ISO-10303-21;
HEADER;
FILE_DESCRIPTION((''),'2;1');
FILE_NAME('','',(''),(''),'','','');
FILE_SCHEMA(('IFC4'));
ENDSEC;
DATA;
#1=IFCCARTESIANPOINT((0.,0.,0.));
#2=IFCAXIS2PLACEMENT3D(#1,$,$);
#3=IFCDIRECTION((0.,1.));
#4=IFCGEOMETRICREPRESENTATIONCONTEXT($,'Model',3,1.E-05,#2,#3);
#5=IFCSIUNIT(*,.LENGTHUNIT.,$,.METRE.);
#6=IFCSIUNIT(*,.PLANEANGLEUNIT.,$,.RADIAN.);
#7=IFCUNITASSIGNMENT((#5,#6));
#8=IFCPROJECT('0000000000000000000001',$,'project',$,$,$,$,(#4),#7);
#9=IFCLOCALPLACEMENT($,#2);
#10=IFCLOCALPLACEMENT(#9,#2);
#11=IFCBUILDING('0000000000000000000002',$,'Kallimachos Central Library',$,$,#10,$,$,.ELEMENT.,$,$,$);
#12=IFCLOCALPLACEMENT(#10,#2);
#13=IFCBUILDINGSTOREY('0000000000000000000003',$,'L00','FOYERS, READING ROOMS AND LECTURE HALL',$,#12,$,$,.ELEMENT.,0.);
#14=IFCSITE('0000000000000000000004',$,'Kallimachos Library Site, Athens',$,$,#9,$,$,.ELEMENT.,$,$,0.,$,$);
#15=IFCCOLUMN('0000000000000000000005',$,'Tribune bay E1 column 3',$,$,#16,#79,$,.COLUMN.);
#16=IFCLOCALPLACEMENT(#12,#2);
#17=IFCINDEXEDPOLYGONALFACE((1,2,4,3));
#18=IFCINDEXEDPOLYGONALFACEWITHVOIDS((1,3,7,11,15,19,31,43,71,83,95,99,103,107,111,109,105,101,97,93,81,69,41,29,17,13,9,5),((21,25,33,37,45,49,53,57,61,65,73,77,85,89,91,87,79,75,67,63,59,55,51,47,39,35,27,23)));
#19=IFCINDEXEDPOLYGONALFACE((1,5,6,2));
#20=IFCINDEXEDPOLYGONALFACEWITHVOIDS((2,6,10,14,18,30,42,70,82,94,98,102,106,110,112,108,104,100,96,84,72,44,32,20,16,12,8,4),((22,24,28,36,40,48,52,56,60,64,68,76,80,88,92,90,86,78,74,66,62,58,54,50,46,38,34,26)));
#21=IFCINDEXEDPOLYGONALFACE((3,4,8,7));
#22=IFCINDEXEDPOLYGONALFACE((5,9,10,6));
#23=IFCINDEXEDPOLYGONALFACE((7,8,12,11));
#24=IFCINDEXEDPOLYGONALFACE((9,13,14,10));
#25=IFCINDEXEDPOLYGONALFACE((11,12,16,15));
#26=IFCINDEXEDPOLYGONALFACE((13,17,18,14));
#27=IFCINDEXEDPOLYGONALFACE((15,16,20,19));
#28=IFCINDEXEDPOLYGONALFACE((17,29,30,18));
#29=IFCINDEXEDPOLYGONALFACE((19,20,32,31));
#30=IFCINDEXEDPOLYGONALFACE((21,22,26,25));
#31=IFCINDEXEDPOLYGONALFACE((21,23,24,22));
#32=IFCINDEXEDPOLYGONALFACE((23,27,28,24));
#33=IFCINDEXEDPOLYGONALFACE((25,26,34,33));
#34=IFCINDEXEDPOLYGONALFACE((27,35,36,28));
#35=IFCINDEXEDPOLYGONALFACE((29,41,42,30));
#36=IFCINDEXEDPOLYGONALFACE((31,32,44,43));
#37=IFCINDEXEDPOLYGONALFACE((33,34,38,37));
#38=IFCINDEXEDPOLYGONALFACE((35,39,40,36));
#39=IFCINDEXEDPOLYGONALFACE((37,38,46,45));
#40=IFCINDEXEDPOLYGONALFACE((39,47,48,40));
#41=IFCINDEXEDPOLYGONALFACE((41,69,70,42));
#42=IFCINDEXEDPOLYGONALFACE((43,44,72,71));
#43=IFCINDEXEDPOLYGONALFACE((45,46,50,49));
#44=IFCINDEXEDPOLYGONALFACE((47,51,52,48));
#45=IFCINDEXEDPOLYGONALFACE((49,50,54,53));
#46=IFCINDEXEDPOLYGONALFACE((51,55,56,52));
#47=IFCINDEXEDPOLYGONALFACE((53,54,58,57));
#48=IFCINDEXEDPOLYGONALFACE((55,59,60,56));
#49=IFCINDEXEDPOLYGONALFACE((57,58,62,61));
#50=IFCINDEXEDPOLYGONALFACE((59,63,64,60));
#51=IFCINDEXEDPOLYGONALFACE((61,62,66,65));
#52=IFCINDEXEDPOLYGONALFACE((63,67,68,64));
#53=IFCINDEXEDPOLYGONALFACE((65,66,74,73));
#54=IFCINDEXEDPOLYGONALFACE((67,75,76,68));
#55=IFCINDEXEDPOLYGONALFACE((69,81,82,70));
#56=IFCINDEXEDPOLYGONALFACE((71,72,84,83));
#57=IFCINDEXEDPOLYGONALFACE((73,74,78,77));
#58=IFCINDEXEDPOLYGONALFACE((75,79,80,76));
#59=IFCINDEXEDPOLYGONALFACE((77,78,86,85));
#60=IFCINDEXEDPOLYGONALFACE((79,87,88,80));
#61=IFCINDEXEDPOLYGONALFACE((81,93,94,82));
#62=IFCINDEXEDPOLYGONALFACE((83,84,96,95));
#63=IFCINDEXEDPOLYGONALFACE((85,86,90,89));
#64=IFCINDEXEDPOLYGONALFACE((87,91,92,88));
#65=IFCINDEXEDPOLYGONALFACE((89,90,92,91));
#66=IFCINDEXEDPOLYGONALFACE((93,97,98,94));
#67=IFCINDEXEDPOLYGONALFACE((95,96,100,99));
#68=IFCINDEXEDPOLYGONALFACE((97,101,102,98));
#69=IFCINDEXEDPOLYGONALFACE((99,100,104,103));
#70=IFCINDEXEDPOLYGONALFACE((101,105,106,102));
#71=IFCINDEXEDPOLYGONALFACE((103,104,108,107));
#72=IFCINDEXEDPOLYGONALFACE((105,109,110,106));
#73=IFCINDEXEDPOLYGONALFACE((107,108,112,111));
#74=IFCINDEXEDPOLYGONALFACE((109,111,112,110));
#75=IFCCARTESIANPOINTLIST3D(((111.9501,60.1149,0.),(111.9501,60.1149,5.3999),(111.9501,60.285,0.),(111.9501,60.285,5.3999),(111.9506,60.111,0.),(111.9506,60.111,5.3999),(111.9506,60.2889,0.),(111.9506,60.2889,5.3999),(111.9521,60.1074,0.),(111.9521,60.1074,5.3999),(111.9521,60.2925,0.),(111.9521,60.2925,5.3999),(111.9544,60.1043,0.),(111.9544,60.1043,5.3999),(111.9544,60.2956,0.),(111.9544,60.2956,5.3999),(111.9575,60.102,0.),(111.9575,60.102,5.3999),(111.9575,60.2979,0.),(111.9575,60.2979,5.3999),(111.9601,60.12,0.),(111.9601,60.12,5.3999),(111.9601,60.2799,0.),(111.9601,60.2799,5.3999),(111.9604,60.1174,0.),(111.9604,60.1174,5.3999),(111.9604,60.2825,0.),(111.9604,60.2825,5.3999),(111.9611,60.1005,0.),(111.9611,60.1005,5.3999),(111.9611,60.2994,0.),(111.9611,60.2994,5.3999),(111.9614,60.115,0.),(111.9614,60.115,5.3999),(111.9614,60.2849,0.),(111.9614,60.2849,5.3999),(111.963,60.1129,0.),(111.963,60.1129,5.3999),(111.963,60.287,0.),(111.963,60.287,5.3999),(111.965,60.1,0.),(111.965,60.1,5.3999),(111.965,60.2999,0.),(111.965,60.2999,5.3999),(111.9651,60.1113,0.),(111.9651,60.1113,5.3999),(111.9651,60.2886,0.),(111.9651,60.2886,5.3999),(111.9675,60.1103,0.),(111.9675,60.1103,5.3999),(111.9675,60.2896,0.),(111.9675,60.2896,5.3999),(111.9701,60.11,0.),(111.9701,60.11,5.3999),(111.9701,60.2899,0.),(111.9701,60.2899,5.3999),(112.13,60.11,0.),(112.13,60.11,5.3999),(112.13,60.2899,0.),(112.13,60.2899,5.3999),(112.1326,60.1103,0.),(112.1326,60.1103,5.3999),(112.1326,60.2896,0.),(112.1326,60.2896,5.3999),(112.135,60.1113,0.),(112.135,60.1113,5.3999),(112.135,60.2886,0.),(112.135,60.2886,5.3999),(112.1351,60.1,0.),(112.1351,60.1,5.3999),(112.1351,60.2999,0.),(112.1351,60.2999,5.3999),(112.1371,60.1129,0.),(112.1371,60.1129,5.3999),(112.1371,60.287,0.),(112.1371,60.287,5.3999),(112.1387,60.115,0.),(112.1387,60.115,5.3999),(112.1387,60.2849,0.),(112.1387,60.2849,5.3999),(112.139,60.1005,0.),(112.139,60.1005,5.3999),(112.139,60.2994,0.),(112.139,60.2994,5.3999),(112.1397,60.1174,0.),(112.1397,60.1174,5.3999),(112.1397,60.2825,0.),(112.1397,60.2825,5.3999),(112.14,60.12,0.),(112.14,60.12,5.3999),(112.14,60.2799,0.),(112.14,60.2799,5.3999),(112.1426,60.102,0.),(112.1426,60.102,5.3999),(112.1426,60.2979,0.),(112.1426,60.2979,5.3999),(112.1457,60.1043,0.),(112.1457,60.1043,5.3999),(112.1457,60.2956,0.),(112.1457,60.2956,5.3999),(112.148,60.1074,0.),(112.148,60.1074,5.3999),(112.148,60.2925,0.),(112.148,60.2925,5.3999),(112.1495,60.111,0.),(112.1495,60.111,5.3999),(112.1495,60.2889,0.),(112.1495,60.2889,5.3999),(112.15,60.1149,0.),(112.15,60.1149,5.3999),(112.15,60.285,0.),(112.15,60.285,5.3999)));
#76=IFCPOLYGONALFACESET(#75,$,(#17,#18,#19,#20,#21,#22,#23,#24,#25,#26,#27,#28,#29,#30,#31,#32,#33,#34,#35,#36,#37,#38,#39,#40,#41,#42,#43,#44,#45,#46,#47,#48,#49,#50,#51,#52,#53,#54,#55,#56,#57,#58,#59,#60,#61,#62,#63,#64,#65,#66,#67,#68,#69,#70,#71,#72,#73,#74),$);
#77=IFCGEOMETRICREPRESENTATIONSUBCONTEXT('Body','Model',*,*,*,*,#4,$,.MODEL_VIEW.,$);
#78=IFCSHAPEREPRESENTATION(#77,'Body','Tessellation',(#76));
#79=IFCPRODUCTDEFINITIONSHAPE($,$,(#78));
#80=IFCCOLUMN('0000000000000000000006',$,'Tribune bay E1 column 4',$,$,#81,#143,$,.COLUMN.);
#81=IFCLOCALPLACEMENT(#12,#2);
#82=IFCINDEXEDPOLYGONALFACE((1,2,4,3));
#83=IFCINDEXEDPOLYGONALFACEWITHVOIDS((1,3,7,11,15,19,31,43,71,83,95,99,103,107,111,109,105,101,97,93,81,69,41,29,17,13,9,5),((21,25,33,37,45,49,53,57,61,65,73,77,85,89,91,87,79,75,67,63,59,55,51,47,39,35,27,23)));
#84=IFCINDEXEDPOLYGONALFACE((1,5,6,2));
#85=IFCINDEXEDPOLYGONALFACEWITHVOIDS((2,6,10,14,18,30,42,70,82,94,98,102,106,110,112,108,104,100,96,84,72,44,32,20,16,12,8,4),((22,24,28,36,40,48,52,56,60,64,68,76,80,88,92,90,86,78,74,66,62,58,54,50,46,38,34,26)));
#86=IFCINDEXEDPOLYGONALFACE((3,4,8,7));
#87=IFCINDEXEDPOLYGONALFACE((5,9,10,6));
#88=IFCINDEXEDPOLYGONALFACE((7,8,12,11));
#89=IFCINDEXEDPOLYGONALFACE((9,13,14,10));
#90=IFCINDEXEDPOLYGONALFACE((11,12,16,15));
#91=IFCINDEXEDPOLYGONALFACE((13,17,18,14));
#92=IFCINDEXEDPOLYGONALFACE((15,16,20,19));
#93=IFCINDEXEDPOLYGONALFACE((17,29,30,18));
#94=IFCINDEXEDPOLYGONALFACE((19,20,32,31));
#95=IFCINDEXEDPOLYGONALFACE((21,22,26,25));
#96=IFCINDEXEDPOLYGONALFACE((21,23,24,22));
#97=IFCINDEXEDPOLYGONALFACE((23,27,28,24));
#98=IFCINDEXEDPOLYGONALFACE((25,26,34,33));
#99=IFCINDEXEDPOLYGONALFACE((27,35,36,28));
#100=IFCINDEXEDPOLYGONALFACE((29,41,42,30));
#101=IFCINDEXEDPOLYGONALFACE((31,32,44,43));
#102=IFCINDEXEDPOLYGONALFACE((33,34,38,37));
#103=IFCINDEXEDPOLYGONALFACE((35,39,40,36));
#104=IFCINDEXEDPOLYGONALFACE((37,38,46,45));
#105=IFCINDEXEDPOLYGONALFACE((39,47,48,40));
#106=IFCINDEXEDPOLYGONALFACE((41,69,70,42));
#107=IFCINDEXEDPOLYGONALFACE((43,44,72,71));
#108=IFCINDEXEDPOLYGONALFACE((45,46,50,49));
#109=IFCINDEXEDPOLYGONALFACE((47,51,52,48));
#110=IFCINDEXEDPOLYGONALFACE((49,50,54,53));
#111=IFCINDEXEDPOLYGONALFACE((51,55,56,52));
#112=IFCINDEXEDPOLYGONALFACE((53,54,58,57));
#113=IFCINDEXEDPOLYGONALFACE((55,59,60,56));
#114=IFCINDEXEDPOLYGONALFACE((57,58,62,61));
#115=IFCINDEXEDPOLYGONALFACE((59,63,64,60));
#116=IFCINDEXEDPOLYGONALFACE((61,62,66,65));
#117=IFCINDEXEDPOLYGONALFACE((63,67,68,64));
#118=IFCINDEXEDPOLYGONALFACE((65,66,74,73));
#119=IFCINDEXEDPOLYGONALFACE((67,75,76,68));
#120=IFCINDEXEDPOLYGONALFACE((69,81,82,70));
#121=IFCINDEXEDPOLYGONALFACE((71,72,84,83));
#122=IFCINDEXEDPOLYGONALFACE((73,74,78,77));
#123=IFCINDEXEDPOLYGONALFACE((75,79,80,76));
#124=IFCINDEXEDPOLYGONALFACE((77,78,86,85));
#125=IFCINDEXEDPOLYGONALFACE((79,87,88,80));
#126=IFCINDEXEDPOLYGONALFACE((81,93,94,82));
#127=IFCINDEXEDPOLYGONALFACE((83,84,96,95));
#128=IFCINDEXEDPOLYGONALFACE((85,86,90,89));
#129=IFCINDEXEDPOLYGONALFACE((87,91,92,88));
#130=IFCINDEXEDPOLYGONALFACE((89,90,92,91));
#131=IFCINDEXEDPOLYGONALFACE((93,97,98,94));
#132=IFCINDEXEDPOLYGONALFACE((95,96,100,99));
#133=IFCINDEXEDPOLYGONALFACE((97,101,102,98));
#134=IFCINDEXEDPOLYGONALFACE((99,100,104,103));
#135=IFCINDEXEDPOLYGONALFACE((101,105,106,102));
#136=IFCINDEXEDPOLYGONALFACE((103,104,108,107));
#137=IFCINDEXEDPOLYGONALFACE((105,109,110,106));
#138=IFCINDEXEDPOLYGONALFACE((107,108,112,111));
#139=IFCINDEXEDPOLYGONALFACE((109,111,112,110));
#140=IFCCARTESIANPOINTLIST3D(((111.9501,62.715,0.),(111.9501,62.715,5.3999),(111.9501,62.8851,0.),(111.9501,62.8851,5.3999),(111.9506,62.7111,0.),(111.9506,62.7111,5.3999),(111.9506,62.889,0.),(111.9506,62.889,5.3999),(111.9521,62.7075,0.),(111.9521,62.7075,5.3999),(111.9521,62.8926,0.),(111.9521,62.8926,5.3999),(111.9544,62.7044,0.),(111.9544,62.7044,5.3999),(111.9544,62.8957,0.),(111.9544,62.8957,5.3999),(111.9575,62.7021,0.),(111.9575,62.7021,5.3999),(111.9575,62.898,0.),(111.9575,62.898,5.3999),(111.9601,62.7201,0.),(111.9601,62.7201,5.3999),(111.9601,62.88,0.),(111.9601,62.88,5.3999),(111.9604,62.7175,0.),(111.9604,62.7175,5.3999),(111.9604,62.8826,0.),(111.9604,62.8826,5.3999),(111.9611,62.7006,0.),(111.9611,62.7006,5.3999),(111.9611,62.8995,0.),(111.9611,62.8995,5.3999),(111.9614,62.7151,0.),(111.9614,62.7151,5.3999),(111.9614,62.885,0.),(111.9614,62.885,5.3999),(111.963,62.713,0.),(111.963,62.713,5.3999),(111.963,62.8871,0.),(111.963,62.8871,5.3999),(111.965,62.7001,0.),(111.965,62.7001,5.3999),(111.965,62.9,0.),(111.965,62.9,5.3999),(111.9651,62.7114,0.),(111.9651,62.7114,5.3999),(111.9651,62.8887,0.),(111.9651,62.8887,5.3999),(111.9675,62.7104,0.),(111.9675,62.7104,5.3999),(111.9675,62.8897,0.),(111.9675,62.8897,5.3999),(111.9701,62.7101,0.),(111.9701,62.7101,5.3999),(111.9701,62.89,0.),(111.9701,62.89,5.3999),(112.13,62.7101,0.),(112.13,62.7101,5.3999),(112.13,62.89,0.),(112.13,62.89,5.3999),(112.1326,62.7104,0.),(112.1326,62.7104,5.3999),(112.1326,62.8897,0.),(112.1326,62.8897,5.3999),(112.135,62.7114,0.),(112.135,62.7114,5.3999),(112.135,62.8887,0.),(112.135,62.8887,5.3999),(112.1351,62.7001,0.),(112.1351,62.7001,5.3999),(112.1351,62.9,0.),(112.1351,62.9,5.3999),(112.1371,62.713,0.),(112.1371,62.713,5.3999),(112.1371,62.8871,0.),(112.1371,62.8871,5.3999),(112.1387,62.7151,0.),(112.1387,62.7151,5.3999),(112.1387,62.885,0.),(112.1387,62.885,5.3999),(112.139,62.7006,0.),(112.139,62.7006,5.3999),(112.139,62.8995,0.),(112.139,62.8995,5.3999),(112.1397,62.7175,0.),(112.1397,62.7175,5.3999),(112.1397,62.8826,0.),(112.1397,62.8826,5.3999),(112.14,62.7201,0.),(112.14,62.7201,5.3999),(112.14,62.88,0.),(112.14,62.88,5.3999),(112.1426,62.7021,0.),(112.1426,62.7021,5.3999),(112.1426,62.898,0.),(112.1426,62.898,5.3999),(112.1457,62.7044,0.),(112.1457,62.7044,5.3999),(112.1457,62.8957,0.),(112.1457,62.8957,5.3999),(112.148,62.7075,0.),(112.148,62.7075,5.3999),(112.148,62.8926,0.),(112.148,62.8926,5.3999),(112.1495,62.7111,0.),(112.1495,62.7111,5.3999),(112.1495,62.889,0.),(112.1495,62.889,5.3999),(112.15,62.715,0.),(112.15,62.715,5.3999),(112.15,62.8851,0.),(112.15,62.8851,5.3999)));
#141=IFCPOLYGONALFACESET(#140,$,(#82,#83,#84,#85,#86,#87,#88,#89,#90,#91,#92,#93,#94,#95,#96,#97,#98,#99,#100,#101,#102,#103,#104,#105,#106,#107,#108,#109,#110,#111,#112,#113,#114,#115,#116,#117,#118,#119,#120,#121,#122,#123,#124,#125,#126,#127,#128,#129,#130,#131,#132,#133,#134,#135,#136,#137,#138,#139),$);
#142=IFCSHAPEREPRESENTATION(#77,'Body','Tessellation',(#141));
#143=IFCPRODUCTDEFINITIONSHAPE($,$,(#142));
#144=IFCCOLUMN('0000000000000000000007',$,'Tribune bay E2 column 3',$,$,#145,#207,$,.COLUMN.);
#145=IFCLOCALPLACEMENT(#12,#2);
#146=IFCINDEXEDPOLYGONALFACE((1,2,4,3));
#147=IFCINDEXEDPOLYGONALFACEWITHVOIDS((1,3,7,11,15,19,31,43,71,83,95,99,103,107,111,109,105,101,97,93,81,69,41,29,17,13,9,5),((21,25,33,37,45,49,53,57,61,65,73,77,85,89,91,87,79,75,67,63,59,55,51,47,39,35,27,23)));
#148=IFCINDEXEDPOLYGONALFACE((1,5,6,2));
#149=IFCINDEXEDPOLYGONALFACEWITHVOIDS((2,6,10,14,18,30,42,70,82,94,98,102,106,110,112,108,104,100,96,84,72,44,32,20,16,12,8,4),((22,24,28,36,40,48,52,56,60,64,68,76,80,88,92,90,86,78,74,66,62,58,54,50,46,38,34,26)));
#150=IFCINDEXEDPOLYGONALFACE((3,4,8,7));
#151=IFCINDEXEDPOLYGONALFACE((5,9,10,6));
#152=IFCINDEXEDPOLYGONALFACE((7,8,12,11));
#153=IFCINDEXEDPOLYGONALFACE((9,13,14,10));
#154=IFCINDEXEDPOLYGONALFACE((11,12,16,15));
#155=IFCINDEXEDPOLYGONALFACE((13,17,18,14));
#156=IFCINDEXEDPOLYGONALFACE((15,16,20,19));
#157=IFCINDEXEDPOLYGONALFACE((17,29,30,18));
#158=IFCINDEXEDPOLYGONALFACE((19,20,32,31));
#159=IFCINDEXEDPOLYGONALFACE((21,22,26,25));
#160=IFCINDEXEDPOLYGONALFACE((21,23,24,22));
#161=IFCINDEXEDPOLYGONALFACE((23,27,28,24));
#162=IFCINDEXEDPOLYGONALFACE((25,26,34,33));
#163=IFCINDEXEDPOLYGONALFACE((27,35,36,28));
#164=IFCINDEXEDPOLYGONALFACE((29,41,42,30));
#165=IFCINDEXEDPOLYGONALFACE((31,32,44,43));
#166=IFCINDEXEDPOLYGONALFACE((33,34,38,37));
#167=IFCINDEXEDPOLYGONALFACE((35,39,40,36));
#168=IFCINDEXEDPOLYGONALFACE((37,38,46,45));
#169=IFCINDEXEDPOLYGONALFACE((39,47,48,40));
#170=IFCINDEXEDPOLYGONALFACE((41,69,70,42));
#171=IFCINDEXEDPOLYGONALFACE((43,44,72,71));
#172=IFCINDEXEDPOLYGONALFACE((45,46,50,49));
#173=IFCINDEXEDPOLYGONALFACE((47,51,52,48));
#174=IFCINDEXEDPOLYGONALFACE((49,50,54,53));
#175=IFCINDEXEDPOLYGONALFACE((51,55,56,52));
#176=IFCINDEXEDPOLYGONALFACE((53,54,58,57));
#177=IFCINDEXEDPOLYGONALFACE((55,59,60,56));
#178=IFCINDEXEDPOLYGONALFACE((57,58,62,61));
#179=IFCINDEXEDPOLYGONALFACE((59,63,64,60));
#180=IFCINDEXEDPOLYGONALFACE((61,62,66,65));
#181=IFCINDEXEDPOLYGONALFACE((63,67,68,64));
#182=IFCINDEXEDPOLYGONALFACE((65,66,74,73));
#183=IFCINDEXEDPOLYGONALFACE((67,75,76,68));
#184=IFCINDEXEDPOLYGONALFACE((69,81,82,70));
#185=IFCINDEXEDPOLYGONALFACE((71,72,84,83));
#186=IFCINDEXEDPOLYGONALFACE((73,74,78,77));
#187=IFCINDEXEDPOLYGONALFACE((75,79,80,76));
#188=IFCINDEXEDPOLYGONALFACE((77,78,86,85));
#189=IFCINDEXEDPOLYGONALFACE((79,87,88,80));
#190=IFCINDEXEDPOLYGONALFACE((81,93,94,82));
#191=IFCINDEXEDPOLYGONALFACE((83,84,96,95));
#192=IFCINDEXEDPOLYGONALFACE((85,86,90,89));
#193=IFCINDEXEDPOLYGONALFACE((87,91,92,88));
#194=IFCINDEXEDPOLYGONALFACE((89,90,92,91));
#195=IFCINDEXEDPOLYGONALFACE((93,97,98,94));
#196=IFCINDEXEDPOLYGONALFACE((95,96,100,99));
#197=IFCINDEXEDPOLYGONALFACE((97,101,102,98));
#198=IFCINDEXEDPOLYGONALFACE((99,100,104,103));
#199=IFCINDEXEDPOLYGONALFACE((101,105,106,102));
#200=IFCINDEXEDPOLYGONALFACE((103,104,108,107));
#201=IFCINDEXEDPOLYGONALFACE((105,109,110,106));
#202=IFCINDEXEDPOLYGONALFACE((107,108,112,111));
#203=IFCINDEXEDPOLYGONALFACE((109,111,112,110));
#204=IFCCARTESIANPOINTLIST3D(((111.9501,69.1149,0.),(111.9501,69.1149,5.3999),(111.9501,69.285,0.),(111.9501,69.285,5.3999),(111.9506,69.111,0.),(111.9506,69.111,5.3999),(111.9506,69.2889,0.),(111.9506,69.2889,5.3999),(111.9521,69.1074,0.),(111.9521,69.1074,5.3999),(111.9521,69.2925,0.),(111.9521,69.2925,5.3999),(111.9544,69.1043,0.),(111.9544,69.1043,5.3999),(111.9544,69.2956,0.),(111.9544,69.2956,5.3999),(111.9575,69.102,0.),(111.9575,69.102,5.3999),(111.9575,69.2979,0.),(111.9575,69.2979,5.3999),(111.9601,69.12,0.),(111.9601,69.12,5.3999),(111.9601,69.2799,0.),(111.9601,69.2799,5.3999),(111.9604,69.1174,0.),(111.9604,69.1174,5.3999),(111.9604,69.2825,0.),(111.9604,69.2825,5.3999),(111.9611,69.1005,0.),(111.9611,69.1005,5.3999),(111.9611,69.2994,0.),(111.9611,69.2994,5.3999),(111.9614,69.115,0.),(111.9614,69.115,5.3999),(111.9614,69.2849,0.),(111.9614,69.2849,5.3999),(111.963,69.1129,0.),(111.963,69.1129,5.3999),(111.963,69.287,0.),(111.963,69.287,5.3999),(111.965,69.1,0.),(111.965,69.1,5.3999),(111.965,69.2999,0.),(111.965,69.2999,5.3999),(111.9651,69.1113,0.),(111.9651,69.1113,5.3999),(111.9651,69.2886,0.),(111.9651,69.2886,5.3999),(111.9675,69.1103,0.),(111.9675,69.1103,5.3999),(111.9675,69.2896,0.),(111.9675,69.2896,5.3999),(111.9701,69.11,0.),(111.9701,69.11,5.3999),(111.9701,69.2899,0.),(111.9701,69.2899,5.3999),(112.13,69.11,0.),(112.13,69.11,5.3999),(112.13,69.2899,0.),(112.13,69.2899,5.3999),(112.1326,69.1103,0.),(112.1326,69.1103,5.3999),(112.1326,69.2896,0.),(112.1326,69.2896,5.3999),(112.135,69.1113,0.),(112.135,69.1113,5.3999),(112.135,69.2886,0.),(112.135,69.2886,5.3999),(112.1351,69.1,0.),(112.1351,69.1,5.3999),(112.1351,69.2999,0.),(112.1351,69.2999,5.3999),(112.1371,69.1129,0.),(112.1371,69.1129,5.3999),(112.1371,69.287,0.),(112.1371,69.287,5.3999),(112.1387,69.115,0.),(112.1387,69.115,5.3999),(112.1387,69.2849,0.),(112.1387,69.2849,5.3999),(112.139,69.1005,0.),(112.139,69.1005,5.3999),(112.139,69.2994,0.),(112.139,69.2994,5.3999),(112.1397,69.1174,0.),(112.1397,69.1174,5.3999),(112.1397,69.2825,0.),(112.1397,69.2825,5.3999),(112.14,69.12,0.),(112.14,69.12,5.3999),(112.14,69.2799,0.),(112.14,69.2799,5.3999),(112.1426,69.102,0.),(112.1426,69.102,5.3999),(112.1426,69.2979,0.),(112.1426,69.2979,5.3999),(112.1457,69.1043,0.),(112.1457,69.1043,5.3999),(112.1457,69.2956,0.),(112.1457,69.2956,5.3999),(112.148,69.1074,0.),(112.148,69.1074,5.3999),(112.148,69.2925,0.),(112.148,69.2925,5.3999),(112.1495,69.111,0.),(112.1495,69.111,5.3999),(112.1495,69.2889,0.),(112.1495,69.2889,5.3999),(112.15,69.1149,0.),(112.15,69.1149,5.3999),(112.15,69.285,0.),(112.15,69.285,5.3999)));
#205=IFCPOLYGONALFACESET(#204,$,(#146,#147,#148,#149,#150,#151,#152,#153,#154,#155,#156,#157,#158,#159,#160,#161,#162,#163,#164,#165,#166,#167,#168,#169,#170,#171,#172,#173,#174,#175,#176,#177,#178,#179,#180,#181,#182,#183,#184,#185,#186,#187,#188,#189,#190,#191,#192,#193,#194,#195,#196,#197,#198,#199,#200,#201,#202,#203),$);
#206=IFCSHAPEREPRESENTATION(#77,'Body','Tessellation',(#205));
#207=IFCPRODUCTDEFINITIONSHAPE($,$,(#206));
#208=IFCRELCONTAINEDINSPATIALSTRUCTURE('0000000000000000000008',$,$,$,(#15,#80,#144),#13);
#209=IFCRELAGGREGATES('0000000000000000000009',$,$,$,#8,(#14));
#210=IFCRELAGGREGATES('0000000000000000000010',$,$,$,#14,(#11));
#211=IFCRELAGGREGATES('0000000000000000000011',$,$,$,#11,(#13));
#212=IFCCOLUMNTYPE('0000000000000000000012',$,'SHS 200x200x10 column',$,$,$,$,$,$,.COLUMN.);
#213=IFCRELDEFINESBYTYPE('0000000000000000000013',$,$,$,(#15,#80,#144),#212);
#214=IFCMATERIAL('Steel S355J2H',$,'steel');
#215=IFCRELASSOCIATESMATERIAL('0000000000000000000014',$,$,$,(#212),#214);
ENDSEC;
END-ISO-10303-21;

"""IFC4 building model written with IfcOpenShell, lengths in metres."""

from ifc_helpers import new_model, si_unit, direction, frame, origin, origin_2d, place, context, subcontext, project, spatial, hollow_rectangle, extrude, material, material_profile, profile_set, type_object, element, save


model = new_model("IFC4")

# Units and contexts
model_context = context("Model", 3, precision=1e-05, world=origin(), true_north=direction((0.0, 1.0)))
body_context = subcontext(model_context, "Body", "Model", "MODEL_VIEW")
ifc_project = project(units=[si_unit("LENGTHUNIT", "METRE"), si_unit("PLANEANGLEUNIT", "RADIAN")], contexts=[model_context])

# Site, building, storey
site_placement = place(None, origin())
site = spatial("IfcSite", under=ifc_project, at=site_placement, Name="Kallimachos Library Site, Athens", CompositionType="ELEMENT", RefElevation=0.0)
building_placement = place(site_placement, origin())
building = spatial("IfcBuilding", under=site, at=building_placement, Name="Kallimachos Central Library", CompositionType="ELEMENT")
storey_placement = place(building_placement, origin())
storey = spatial("IfcBuildingStorey", under=building, at=storey_placement, Name="L00", Description="FOYERS, READING ROOMS AND LECTURE HALL", CompositionType="ELEMENT", Elevation=0.0)

# Columns
ifc_material_1 = material(Name="Steel S355J2H", Category="steel")
ifc_material_profile = material_profile(ifc_material_1, hollow_rectangle(XDim=0.2, YDim=0.2, WallThickness=0.01, InnerFilletRadius=0.01, OuterFilletRadius=0.0149, at=origin_2d()), Name="SHS 200x200x10")
ifc_profile_set = profile_set([ifc_material_profile], Name="Steel S355J2H")
column_type = type_object("IfcColumnType", Name="SHS 200x200x10 column", PredefinedType="COLUMN", material=ifc_profile_set)
for number, where, z_axis, x_axis, name in (
    (1, (112.05, 60.2, 0.0), (0.0, 0.0, 1.0), (1.0, 0.0, 0.0), "Tribune bay E1 column 3"),
    (2, (112.05, 62.8, 0.0), (0.0, 0.0, 1.0), (1.0, 0.0, 0.0), "Tribune bay E1 column 4"),
    (3, (112.05, 69.2, 0.0), (0.0, 0.0, 1.0), (1.0, 0.0, 0.0), "Tribune bay E2 column 3"),
):
    element("IfcColumn", number, at=place(storey_placement, frame(where, z_axis=z_axis, x_axis=x_axis)), inside=storey, type_object=column_type, Name=name, PredefinedType="COLUMN", context=body_context, shape_type="SweptSolid", body=[
        extrude(hollow_rectangle(XDim=0.2, YDim=0.2, WallThickness=0.01, InnerFilletRadius=0.01, OuterFilletRadius=0.0149, at=origin_2d()), origin(), (0.0, 0.0, 1.0), 5.3999),
    ])

save(model, "model.ifc")
